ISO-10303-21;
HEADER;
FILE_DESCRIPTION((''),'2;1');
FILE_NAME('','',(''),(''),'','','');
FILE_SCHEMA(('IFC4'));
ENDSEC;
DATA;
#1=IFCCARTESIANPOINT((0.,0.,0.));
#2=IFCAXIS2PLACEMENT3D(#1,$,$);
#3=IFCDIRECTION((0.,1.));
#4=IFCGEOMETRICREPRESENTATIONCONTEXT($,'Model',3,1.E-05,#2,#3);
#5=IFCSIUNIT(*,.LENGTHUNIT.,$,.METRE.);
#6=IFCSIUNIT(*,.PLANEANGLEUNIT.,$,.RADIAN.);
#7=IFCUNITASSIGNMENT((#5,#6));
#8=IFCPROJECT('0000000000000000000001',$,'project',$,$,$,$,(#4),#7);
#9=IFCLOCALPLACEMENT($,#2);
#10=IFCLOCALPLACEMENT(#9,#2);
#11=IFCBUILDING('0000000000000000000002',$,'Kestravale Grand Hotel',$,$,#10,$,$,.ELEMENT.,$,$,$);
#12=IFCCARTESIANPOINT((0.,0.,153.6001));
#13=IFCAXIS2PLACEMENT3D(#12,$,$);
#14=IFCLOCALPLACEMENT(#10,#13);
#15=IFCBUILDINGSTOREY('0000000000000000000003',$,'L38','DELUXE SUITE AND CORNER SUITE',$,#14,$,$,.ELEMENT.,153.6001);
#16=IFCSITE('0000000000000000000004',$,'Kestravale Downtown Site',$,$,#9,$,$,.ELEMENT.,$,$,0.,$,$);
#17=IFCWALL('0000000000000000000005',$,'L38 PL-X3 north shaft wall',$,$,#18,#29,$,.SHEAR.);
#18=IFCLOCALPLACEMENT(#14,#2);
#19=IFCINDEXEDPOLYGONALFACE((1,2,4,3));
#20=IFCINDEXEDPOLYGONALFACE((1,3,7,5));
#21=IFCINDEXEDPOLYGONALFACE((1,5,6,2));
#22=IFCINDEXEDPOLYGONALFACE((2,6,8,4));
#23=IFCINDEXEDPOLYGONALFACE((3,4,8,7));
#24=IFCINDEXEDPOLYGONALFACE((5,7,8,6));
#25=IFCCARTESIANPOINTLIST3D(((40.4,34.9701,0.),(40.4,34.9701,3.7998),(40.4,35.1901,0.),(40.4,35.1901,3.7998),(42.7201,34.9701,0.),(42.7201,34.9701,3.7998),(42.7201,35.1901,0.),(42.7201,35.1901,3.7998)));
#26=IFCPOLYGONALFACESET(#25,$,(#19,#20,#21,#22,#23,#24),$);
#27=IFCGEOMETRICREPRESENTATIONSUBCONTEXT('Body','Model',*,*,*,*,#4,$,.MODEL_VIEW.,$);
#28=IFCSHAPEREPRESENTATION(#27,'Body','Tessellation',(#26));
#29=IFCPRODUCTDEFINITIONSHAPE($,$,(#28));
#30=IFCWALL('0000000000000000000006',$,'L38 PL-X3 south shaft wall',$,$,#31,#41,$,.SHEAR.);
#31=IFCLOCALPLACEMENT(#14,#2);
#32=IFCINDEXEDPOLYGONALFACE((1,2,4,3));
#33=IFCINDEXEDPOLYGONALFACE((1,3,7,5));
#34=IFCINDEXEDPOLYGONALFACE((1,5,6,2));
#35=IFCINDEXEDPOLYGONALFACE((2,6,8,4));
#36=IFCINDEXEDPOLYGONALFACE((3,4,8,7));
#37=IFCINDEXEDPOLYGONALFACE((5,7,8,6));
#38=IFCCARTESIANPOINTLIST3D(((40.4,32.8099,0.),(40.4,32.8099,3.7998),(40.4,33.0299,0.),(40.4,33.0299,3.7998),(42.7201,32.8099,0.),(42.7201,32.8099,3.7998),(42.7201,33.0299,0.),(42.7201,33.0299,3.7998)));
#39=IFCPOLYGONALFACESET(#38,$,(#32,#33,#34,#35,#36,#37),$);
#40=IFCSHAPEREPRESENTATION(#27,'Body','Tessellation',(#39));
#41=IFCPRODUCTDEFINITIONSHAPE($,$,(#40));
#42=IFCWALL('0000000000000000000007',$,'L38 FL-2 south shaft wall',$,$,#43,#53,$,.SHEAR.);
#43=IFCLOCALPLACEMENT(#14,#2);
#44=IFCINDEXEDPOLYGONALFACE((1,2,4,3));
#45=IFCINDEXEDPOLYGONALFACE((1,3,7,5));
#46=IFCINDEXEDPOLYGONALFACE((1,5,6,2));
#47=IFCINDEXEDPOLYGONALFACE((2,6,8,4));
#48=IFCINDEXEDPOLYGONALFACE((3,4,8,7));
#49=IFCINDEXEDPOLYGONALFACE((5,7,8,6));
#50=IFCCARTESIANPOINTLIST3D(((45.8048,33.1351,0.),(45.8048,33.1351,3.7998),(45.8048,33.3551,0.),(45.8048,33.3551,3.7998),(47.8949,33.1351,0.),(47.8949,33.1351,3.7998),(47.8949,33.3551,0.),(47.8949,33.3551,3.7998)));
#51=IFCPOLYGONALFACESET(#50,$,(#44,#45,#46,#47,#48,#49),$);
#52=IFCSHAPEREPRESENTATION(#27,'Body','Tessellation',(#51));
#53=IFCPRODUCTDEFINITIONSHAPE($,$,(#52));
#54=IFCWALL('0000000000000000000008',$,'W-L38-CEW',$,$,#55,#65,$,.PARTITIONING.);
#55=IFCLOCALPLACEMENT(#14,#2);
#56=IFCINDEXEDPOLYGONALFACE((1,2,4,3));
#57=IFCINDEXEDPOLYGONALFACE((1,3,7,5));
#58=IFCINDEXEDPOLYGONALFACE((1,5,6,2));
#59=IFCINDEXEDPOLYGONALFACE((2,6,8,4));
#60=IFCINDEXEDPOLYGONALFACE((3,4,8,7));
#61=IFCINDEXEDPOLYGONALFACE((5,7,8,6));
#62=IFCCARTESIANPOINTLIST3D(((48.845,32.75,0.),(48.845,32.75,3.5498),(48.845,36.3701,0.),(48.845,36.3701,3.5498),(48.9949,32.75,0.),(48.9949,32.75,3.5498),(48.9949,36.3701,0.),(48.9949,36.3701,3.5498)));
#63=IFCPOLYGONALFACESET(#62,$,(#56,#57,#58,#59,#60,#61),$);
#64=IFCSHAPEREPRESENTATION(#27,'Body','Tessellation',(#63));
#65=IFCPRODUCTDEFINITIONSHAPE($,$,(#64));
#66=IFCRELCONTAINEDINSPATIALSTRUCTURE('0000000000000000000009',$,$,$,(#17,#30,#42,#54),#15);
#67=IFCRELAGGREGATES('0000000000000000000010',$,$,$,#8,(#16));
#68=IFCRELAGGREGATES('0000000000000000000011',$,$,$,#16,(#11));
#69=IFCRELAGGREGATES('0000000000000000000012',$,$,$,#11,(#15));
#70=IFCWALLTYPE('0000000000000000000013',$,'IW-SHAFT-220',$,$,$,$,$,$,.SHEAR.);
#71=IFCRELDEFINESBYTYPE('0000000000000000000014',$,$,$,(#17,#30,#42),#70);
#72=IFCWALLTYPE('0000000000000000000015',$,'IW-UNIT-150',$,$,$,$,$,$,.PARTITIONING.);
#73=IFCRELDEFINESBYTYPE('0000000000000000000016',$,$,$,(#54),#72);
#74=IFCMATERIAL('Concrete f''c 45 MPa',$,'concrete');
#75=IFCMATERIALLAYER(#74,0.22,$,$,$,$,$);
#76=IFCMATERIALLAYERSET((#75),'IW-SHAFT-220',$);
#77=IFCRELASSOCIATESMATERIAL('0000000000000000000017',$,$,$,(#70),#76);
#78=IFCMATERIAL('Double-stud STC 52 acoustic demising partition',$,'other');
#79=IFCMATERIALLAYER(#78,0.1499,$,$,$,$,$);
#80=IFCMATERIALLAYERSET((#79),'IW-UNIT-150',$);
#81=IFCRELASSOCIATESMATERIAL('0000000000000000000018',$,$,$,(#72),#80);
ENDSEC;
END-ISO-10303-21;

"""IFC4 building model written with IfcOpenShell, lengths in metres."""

from ifc_helpers import new_model, si_unit, direction, frame, frame_2d, origin, place, context, subcontext, project, spatial, rectangle, extrude, material, layer, layer_set, type_object, element, save


model = new_model("IFC4")

# Units and contexts
model_context = context("Model", 3, precision=1e-05, world=origin(), true_north=direction((0.0, 1.0)))
body_context = subcontext(model_context, "Body", "Model", "MODEL_VIEW")
ifc_project = project(units=[si_unit("LENGTHUNIT", "METRE"), si_unit("PLANEANGLEUNIT", "RADIAN")], contexts=[model_context])

# Site, building, storey
site_placement = place(None, origin())
site = spatial("IfcSite", under=ifc_project, at=site_placement, Name="Kestravale Downtown Site", CompositionType="ELEMENT", RefElevation=0.0)
building_placement = place(site_placement, origin())
building = spatial("IfcBuilding", under=site, at=building_placement, Name="Kestravale Grand Hotel", CompositionType="ELEMENT")
storey_placement = place(building_placement, frame((0.0, 0.0, 153.6001)))
storey = spatial("IfcBuildingStorey", under=building, at=storey_placement, Name="L38", Description="DELUXE SUITE AND CORNER SUITE", CompositionType="ELEMENT", Elevation=153.6001)

# Shared definitions
ifc_material_1 = material(Name="Concrete f'c 45 MPa", Category="concrete")
ifc_layer_1 = layer(ifc_material_1, 0.22)
ifc_layer_set_1 = layer_set([ifc_layer_1], Name="IW-SHAFT-220")
wall_type_1 = type_object("IfcWallType", Name="IW-SHAFT-220", PredefinedType="SHEAR", material=ifc_layer_set_1)

# Walls
for number, where, z_axis, x_axis, name in (
    (1, (40.3999, 35.0801, 0.0), (0.0, 0.0, 1.0), (1.0, 0.0, 0.0), "L38 PL-X3 north shaft wall"),
    (2, (40.3999, 32.9199, 0.0), (0.0, 0.0, 1.0), (1.0, 0.0, 0.0), "L38 PL-X3 south shaft wall"),
):
    element("IfcWall", number, at=place(storey_placement, frame(where, z_axis=z_axis, x_axis=x_axis)), inside=storey, type_object=wall_type_1, Name=name, PredefinedType="SHEAR", context=body_context, shape_type="SweptSolid", body=[
        extrude(rectangle(XDim=2.3201, YDim=0.22, at=frame_2d((1.1602, 0.0))), origin(), (0.0, 0.0, 1.0), 3.7998),
    ])

# Walls
wall_1_placement = place(storey_placement, frame((45.8049, 33.2451, 0.0), z_axis=(0.0, 0.0, 1.0), x_axis=(1.0, 0.0, 0.0)))
element("IfcWall", 3, at=wall_1_placement, inside=storey, type_object=wall_type_1, Name="L38 FL-2 south shaft wall", PredefinedType="SHEAR", context=body_context, shape_type="SweptSolid", body=[
    extrude(rectangle(XDim=2.0901, YDim=0.22, at=frame_2d((1.0449, 0.0))), origin(), (0.0, 0.0, 1.0), 3.7998),
])
ifc_material_2 = material(Name="Double-stud STC 52 acoustic demising partition", Category="other")
ifc_layer_2 = layer(ifc_material_2, 0.1499)
ifc_layer_set_2 = layer_set([ifc_layer_2], Name="IW-UNIT-150")
wall_type_2 = type_object("IfcWallType", Name="IW-UNIT-150", PredefinedType="PARTITIONING", material=ifc_layer_set_2)
wall_2_placement = place(storey_placement, frame((48.9199, 32.75, 0.0), z_axis=(0.0, 0.0, 1.0), x_axis=(0.0, 1.0, 0.0)))
element("IfcWall", 4, at=wall_2_placement, inside=storey, type_object=wall_type_2, Name="W-L38-CEW", PredefinedType="PARTITIONING", context=body_context, shape_type="SweptSolid", body=[
    extrude(rectangle(XDim=3.6201, YDim=0.1499, at=frame_2d((1.8101, 0.0))), origin(), (0.0, 0.0, 1.0), 3.5498),
])

save(model, "model.ifc")
